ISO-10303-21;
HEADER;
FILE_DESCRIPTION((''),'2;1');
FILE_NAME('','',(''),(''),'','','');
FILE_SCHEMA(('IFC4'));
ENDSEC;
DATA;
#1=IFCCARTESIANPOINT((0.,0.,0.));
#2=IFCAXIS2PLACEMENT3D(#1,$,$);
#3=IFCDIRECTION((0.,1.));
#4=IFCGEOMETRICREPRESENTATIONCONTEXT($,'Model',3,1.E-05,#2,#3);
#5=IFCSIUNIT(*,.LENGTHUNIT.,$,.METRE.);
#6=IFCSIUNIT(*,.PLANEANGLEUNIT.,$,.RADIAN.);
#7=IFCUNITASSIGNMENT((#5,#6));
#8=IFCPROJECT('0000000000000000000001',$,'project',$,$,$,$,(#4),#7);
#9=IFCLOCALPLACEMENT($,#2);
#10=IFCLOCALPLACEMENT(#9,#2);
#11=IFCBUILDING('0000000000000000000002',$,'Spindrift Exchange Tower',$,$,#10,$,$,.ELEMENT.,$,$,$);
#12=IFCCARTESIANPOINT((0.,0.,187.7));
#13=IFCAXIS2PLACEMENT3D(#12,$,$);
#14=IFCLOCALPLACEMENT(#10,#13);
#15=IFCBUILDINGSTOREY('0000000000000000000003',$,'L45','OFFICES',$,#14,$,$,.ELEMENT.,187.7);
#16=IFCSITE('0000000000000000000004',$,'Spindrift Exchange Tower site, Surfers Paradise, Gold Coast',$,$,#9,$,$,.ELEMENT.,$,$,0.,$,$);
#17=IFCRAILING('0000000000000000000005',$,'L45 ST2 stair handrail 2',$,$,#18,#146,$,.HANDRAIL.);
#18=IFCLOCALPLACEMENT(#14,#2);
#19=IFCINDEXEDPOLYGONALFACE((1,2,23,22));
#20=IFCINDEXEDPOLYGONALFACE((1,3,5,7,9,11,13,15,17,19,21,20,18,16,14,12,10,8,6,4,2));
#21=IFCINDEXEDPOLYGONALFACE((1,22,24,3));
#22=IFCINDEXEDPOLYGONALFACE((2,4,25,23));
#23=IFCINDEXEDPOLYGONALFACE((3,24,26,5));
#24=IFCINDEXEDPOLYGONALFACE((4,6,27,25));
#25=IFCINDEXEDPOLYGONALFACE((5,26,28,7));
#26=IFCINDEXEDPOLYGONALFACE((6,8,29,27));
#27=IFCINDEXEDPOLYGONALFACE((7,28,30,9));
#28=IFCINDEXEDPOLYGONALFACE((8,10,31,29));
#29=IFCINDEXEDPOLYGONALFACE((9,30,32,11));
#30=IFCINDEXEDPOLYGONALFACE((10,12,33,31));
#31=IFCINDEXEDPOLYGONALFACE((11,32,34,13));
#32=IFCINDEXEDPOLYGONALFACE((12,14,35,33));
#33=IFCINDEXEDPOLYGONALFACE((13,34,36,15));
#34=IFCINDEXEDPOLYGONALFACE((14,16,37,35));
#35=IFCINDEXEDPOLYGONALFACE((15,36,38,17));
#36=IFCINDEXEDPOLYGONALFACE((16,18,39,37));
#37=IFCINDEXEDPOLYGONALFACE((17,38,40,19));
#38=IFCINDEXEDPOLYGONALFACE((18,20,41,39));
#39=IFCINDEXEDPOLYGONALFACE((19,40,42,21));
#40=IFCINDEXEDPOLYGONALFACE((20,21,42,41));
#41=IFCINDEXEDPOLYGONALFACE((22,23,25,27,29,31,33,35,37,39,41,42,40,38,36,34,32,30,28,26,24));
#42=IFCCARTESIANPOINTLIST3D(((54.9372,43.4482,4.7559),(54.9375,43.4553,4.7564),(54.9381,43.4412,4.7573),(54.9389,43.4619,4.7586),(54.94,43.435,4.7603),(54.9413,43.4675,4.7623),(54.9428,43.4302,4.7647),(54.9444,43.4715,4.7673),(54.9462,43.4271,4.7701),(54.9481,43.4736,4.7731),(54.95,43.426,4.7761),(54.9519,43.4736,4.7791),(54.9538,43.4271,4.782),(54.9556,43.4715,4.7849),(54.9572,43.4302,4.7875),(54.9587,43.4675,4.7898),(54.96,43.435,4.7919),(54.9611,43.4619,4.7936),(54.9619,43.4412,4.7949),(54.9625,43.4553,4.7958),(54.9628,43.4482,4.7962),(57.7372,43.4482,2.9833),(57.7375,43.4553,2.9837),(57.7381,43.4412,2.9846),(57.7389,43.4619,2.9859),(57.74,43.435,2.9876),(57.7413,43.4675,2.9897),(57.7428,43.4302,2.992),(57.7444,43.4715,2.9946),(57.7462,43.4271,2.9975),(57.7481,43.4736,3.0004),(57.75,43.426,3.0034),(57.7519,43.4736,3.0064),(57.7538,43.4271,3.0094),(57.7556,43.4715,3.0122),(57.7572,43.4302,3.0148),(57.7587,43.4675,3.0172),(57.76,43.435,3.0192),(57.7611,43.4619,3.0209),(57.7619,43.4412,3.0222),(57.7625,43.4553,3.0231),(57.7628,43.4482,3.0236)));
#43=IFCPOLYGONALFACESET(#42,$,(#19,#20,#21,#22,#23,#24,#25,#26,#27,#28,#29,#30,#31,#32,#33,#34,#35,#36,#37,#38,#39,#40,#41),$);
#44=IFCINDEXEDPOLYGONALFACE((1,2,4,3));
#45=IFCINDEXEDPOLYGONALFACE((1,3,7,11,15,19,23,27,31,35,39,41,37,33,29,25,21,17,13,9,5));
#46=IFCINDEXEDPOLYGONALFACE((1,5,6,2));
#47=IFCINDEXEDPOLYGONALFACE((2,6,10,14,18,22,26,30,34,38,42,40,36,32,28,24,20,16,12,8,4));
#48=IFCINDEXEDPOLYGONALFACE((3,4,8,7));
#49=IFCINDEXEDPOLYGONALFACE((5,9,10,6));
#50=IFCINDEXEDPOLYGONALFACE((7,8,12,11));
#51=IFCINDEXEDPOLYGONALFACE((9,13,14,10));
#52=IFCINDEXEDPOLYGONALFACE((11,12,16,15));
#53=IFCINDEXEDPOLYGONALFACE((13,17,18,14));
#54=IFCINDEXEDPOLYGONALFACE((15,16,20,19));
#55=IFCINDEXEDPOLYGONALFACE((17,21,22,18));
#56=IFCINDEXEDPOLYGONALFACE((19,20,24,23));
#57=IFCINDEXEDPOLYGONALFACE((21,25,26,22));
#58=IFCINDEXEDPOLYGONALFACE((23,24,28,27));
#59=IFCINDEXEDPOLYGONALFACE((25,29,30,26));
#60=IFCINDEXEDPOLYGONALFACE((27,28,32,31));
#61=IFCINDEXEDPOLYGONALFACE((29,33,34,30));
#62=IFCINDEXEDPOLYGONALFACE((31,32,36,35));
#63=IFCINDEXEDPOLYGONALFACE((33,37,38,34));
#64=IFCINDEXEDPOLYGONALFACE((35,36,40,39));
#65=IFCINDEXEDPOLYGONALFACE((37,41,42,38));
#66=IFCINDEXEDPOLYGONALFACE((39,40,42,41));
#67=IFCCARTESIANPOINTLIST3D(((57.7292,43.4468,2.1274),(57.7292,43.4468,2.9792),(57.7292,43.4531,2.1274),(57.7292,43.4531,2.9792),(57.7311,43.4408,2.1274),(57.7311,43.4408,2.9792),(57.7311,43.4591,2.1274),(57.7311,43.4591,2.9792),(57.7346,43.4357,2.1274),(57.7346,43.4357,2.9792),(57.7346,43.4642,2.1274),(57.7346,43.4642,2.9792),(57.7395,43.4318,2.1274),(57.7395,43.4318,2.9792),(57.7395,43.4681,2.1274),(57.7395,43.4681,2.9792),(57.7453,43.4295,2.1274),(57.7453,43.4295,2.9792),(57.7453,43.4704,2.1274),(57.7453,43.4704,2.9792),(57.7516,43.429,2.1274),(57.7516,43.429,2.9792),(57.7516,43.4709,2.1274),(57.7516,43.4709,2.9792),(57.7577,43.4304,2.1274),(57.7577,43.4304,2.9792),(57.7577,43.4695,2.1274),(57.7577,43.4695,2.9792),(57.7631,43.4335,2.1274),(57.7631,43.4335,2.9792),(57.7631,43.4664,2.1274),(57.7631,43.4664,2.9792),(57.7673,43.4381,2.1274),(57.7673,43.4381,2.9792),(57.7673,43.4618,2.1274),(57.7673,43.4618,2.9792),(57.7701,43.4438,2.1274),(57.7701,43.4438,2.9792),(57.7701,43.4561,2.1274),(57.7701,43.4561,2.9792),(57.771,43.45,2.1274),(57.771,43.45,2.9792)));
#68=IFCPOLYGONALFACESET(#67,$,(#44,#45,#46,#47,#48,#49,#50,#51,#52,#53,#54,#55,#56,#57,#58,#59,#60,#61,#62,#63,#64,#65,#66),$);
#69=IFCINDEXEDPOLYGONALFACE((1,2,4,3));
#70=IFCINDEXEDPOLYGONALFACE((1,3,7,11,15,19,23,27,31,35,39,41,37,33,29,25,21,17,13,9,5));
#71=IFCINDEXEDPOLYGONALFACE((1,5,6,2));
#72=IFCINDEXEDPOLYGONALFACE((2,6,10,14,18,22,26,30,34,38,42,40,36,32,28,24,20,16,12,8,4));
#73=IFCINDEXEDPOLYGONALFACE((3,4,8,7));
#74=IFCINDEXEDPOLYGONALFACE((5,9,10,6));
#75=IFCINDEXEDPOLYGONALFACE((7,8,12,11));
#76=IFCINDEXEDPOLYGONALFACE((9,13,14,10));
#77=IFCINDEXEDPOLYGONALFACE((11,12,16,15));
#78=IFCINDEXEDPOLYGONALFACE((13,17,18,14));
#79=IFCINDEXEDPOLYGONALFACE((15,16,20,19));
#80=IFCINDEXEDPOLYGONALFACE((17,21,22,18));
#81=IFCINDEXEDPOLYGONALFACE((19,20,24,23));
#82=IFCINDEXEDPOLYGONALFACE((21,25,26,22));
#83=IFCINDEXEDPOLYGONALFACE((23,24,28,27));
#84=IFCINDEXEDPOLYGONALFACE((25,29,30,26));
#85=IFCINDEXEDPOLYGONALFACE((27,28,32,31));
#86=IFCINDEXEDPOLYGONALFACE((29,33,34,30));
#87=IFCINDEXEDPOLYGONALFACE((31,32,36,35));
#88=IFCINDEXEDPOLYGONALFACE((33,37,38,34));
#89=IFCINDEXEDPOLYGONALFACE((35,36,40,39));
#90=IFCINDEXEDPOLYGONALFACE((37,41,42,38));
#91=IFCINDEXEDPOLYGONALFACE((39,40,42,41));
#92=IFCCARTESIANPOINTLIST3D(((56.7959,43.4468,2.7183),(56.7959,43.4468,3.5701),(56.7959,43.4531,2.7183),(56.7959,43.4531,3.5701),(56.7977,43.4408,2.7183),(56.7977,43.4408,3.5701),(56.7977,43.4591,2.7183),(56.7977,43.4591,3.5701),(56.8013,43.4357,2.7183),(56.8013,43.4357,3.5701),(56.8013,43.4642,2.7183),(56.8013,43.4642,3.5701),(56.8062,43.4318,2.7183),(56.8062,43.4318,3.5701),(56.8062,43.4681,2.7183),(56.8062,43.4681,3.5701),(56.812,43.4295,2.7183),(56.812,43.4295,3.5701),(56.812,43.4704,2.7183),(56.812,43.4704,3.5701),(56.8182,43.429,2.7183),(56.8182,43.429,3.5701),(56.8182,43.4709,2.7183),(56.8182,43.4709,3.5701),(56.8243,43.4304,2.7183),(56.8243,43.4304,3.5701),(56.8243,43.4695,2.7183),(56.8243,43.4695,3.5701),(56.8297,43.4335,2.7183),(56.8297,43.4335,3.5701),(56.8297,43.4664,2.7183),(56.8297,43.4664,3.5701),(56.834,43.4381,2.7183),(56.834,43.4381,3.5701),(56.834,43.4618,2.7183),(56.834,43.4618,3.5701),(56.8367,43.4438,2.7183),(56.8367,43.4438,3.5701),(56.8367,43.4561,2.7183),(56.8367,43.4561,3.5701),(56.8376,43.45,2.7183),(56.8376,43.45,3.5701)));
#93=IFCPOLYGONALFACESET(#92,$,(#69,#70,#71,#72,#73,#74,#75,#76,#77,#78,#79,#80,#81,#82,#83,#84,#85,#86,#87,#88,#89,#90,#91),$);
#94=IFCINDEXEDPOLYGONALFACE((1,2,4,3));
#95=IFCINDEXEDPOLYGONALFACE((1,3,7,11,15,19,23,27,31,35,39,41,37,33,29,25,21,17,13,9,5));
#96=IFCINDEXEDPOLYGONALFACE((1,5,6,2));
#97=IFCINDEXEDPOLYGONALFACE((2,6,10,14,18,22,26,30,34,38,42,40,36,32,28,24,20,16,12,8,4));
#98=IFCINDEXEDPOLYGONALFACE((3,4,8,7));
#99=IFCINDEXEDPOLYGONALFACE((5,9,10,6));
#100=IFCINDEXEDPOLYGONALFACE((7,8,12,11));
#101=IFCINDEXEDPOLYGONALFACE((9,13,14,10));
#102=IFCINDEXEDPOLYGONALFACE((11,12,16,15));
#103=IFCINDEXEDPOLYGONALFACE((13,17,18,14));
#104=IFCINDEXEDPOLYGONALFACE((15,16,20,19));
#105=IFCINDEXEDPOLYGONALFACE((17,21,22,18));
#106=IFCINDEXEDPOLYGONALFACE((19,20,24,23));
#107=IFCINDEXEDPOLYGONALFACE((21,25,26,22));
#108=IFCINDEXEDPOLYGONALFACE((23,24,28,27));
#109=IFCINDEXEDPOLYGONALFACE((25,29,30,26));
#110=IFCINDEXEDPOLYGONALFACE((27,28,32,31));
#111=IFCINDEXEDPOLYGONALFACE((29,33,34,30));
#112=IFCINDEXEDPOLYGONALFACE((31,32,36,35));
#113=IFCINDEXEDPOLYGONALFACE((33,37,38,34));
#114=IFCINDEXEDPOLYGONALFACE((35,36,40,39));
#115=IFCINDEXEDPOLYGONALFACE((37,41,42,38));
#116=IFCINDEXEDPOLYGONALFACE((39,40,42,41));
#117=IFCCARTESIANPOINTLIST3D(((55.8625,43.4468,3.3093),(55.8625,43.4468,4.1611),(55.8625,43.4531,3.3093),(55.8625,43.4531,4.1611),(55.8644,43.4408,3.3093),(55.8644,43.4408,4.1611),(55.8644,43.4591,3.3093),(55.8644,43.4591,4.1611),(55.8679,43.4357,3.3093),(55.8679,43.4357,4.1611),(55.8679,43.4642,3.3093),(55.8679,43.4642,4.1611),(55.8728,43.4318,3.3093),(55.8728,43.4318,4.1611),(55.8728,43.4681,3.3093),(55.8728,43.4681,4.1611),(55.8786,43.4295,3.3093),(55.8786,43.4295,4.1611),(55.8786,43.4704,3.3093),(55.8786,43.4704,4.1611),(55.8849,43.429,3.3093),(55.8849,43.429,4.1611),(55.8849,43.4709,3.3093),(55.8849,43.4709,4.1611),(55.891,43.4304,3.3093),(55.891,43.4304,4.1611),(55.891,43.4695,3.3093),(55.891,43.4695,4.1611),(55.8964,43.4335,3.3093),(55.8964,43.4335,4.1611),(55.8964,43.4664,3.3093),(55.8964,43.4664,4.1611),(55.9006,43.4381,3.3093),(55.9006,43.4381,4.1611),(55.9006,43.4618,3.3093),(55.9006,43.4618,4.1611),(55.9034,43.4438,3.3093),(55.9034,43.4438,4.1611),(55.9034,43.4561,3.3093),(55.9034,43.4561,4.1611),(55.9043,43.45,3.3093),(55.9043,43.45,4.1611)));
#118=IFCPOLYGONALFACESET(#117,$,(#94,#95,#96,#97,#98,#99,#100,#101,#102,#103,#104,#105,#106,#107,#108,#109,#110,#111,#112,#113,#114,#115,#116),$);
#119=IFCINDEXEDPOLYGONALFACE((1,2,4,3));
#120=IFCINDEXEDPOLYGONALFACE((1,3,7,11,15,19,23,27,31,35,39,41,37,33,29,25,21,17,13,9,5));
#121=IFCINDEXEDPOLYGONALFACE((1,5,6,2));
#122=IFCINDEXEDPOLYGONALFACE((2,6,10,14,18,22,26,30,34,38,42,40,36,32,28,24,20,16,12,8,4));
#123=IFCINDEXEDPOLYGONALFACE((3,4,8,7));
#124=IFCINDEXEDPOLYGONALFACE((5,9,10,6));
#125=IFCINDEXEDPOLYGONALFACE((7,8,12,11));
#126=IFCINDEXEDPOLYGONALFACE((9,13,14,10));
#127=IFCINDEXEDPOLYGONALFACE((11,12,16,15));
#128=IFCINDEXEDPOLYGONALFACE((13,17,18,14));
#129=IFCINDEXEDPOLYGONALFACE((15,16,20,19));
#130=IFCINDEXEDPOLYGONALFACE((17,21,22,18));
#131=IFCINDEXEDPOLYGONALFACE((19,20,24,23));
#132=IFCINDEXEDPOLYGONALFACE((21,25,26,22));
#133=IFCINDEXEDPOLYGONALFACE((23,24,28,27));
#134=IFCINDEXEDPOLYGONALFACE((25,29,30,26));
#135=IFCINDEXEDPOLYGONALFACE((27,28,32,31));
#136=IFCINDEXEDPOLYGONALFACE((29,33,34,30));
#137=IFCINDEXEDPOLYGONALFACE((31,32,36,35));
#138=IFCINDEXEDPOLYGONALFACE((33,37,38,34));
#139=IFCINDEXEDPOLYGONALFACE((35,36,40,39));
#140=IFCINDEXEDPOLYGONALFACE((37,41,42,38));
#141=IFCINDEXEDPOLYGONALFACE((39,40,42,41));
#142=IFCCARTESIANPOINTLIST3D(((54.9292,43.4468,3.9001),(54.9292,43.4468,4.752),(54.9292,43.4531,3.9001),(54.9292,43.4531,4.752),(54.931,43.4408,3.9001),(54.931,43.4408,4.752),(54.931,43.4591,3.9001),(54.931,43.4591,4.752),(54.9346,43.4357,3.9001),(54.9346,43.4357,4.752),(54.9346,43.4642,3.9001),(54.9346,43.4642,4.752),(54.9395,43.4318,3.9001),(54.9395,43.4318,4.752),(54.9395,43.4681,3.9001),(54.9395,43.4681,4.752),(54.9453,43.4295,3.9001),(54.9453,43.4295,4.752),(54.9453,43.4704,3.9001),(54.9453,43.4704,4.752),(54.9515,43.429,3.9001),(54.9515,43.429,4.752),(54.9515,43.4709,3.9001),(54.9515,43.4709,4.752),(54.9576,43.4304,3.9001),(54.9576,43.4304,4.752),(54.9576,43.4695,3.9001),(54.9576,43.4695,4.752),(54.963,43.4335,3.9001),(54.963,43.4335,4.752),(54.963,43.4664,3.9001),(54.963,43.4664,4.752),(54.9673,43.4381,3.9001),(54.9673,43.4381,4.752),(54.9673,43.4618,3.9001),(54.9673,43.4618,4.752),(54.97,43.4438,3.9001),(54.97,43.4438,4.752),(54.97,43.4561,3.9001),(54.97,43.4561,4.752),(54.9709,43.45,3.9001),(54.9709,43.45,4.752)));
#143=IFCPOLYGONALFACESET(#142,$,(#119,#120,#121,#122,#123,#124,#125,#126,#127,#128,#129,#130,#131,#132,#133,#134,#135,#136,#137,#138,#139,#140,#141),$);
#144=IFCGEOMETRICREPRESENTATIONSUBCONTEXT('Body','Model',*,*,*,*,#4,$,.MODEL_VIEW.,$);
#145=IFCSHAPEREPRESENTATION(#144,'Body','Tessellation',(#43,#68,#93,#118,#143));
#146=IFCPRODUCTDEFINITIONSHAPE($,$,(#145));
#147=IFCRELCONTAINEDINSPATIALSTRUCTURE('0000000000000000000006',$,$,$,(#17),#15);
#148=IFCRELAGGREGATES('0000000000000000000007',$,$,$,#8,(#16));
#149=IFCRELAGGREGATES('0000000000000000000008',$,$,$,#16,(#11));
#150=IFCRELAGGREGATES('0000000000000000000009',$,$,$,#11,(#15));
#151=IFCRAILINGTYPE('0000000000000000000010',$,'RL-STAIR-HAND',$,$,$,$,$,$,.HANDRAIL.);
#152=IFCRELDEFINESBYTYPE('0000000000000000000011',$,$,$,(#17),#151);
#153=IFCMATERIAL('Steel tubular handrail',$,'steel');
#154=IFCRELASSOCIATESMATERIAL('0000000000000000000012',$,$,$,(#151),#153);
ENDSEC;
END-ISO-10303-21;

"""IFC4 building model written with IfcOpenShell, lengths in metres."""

from ifc_helpers import new_model, si_unit, direction, frame, origin, origin_2d, place, context, subcontext, project, spatial, circle, extrude, material, type_object, element, save


model = new_model("IFC4")

# Units and contexts
model_context = context("Model", 3, precision=1e-05, world=origin(), true_north=direction((0.0, 1.0)))
body_context = subcontext(model_context, "Body", "Model", "MODEL_VIEW")
ifc_project = project(units=[si_unit("LENGTHUNIT", "METRE"), si_unit("PLANEANGLEUNIT", "RADIAN")], contexts=[model_context])

# Site, building, storey
site_placement = place(None, origin())
site = spatial("IfcSite", under=ifc_project, at=site_placement, Name="Spindrift Exchange Tower site, Surfers Paradise, Gold Coast", CompositionType="ELEMENT", RefElevation=0.0)
building_placement = place(site_placement, origin())
building = spatial("IfcBuilding", under=site, at=building_placement, Name="Spindrift Exchange Tower", CompositionType="ELEMENT")
storey_placement = place(building_placement, frame((0.0, 0.0, 187.7)))
storey = spatial("IfcBuildingStorey", under=building, at=storey_placement, Name="L45", Description="OFFICES", CompositionType="ELEMENT", Elevation=187.7)

# Railing
ifc_material_1 = material(Name="Steel tubular handrail", Category="steel")
railing_type_1 = type_object("IfcRailingType", Name="RL-STAIR-HAND", PredefinedType="HANDRAIL", material=ifc_material_1)
railing_1_placement = place(storey_placement, frame((57.75, 43.45, 2.1274)))
element("IfcRailing", 1, at=railing_1_placement, inside=storey, type_object=railing_type_1, Name="L45 ST2 stair handrail 2", PredefinedType="HANDRAIL", context=body_context, shape_type="SweptSolid", body=[
    extrude(circle(Radius=0.0239, at=origin_2d()), frame((0.0, 0.0, 0.876), z_axis=(-0.844909, 0.0, 0.53491), x_axis=(0.0, -1.0, 0.0)), (0.0, 0.0, 1.0), 3.314),
    extrude(circle(Radius=0.021, at=origin_2d()), origin(), (0.0, 0.0, 1.0), 0.8518),
    extrude(circle(Radius=0.021, at=origin_2d()), frame((-0.9333, 0.0, 0.5908)), (0.0, 0.0, 1.0), 0.8518),
    extrude(circle(Radius=0.021, at=origin_2d()), frame((-1.8667, 0.0, 1.1819)), (0.0, 0.0, 1.0), 0.8518),
    extrude(circle(Radius=0.021, at=origin_2d()), frame((-2.8, 0.0, 1.7727)), (0.0, 0.0, 1.0), 0.8518),
])

save(model, "model.ifc")
